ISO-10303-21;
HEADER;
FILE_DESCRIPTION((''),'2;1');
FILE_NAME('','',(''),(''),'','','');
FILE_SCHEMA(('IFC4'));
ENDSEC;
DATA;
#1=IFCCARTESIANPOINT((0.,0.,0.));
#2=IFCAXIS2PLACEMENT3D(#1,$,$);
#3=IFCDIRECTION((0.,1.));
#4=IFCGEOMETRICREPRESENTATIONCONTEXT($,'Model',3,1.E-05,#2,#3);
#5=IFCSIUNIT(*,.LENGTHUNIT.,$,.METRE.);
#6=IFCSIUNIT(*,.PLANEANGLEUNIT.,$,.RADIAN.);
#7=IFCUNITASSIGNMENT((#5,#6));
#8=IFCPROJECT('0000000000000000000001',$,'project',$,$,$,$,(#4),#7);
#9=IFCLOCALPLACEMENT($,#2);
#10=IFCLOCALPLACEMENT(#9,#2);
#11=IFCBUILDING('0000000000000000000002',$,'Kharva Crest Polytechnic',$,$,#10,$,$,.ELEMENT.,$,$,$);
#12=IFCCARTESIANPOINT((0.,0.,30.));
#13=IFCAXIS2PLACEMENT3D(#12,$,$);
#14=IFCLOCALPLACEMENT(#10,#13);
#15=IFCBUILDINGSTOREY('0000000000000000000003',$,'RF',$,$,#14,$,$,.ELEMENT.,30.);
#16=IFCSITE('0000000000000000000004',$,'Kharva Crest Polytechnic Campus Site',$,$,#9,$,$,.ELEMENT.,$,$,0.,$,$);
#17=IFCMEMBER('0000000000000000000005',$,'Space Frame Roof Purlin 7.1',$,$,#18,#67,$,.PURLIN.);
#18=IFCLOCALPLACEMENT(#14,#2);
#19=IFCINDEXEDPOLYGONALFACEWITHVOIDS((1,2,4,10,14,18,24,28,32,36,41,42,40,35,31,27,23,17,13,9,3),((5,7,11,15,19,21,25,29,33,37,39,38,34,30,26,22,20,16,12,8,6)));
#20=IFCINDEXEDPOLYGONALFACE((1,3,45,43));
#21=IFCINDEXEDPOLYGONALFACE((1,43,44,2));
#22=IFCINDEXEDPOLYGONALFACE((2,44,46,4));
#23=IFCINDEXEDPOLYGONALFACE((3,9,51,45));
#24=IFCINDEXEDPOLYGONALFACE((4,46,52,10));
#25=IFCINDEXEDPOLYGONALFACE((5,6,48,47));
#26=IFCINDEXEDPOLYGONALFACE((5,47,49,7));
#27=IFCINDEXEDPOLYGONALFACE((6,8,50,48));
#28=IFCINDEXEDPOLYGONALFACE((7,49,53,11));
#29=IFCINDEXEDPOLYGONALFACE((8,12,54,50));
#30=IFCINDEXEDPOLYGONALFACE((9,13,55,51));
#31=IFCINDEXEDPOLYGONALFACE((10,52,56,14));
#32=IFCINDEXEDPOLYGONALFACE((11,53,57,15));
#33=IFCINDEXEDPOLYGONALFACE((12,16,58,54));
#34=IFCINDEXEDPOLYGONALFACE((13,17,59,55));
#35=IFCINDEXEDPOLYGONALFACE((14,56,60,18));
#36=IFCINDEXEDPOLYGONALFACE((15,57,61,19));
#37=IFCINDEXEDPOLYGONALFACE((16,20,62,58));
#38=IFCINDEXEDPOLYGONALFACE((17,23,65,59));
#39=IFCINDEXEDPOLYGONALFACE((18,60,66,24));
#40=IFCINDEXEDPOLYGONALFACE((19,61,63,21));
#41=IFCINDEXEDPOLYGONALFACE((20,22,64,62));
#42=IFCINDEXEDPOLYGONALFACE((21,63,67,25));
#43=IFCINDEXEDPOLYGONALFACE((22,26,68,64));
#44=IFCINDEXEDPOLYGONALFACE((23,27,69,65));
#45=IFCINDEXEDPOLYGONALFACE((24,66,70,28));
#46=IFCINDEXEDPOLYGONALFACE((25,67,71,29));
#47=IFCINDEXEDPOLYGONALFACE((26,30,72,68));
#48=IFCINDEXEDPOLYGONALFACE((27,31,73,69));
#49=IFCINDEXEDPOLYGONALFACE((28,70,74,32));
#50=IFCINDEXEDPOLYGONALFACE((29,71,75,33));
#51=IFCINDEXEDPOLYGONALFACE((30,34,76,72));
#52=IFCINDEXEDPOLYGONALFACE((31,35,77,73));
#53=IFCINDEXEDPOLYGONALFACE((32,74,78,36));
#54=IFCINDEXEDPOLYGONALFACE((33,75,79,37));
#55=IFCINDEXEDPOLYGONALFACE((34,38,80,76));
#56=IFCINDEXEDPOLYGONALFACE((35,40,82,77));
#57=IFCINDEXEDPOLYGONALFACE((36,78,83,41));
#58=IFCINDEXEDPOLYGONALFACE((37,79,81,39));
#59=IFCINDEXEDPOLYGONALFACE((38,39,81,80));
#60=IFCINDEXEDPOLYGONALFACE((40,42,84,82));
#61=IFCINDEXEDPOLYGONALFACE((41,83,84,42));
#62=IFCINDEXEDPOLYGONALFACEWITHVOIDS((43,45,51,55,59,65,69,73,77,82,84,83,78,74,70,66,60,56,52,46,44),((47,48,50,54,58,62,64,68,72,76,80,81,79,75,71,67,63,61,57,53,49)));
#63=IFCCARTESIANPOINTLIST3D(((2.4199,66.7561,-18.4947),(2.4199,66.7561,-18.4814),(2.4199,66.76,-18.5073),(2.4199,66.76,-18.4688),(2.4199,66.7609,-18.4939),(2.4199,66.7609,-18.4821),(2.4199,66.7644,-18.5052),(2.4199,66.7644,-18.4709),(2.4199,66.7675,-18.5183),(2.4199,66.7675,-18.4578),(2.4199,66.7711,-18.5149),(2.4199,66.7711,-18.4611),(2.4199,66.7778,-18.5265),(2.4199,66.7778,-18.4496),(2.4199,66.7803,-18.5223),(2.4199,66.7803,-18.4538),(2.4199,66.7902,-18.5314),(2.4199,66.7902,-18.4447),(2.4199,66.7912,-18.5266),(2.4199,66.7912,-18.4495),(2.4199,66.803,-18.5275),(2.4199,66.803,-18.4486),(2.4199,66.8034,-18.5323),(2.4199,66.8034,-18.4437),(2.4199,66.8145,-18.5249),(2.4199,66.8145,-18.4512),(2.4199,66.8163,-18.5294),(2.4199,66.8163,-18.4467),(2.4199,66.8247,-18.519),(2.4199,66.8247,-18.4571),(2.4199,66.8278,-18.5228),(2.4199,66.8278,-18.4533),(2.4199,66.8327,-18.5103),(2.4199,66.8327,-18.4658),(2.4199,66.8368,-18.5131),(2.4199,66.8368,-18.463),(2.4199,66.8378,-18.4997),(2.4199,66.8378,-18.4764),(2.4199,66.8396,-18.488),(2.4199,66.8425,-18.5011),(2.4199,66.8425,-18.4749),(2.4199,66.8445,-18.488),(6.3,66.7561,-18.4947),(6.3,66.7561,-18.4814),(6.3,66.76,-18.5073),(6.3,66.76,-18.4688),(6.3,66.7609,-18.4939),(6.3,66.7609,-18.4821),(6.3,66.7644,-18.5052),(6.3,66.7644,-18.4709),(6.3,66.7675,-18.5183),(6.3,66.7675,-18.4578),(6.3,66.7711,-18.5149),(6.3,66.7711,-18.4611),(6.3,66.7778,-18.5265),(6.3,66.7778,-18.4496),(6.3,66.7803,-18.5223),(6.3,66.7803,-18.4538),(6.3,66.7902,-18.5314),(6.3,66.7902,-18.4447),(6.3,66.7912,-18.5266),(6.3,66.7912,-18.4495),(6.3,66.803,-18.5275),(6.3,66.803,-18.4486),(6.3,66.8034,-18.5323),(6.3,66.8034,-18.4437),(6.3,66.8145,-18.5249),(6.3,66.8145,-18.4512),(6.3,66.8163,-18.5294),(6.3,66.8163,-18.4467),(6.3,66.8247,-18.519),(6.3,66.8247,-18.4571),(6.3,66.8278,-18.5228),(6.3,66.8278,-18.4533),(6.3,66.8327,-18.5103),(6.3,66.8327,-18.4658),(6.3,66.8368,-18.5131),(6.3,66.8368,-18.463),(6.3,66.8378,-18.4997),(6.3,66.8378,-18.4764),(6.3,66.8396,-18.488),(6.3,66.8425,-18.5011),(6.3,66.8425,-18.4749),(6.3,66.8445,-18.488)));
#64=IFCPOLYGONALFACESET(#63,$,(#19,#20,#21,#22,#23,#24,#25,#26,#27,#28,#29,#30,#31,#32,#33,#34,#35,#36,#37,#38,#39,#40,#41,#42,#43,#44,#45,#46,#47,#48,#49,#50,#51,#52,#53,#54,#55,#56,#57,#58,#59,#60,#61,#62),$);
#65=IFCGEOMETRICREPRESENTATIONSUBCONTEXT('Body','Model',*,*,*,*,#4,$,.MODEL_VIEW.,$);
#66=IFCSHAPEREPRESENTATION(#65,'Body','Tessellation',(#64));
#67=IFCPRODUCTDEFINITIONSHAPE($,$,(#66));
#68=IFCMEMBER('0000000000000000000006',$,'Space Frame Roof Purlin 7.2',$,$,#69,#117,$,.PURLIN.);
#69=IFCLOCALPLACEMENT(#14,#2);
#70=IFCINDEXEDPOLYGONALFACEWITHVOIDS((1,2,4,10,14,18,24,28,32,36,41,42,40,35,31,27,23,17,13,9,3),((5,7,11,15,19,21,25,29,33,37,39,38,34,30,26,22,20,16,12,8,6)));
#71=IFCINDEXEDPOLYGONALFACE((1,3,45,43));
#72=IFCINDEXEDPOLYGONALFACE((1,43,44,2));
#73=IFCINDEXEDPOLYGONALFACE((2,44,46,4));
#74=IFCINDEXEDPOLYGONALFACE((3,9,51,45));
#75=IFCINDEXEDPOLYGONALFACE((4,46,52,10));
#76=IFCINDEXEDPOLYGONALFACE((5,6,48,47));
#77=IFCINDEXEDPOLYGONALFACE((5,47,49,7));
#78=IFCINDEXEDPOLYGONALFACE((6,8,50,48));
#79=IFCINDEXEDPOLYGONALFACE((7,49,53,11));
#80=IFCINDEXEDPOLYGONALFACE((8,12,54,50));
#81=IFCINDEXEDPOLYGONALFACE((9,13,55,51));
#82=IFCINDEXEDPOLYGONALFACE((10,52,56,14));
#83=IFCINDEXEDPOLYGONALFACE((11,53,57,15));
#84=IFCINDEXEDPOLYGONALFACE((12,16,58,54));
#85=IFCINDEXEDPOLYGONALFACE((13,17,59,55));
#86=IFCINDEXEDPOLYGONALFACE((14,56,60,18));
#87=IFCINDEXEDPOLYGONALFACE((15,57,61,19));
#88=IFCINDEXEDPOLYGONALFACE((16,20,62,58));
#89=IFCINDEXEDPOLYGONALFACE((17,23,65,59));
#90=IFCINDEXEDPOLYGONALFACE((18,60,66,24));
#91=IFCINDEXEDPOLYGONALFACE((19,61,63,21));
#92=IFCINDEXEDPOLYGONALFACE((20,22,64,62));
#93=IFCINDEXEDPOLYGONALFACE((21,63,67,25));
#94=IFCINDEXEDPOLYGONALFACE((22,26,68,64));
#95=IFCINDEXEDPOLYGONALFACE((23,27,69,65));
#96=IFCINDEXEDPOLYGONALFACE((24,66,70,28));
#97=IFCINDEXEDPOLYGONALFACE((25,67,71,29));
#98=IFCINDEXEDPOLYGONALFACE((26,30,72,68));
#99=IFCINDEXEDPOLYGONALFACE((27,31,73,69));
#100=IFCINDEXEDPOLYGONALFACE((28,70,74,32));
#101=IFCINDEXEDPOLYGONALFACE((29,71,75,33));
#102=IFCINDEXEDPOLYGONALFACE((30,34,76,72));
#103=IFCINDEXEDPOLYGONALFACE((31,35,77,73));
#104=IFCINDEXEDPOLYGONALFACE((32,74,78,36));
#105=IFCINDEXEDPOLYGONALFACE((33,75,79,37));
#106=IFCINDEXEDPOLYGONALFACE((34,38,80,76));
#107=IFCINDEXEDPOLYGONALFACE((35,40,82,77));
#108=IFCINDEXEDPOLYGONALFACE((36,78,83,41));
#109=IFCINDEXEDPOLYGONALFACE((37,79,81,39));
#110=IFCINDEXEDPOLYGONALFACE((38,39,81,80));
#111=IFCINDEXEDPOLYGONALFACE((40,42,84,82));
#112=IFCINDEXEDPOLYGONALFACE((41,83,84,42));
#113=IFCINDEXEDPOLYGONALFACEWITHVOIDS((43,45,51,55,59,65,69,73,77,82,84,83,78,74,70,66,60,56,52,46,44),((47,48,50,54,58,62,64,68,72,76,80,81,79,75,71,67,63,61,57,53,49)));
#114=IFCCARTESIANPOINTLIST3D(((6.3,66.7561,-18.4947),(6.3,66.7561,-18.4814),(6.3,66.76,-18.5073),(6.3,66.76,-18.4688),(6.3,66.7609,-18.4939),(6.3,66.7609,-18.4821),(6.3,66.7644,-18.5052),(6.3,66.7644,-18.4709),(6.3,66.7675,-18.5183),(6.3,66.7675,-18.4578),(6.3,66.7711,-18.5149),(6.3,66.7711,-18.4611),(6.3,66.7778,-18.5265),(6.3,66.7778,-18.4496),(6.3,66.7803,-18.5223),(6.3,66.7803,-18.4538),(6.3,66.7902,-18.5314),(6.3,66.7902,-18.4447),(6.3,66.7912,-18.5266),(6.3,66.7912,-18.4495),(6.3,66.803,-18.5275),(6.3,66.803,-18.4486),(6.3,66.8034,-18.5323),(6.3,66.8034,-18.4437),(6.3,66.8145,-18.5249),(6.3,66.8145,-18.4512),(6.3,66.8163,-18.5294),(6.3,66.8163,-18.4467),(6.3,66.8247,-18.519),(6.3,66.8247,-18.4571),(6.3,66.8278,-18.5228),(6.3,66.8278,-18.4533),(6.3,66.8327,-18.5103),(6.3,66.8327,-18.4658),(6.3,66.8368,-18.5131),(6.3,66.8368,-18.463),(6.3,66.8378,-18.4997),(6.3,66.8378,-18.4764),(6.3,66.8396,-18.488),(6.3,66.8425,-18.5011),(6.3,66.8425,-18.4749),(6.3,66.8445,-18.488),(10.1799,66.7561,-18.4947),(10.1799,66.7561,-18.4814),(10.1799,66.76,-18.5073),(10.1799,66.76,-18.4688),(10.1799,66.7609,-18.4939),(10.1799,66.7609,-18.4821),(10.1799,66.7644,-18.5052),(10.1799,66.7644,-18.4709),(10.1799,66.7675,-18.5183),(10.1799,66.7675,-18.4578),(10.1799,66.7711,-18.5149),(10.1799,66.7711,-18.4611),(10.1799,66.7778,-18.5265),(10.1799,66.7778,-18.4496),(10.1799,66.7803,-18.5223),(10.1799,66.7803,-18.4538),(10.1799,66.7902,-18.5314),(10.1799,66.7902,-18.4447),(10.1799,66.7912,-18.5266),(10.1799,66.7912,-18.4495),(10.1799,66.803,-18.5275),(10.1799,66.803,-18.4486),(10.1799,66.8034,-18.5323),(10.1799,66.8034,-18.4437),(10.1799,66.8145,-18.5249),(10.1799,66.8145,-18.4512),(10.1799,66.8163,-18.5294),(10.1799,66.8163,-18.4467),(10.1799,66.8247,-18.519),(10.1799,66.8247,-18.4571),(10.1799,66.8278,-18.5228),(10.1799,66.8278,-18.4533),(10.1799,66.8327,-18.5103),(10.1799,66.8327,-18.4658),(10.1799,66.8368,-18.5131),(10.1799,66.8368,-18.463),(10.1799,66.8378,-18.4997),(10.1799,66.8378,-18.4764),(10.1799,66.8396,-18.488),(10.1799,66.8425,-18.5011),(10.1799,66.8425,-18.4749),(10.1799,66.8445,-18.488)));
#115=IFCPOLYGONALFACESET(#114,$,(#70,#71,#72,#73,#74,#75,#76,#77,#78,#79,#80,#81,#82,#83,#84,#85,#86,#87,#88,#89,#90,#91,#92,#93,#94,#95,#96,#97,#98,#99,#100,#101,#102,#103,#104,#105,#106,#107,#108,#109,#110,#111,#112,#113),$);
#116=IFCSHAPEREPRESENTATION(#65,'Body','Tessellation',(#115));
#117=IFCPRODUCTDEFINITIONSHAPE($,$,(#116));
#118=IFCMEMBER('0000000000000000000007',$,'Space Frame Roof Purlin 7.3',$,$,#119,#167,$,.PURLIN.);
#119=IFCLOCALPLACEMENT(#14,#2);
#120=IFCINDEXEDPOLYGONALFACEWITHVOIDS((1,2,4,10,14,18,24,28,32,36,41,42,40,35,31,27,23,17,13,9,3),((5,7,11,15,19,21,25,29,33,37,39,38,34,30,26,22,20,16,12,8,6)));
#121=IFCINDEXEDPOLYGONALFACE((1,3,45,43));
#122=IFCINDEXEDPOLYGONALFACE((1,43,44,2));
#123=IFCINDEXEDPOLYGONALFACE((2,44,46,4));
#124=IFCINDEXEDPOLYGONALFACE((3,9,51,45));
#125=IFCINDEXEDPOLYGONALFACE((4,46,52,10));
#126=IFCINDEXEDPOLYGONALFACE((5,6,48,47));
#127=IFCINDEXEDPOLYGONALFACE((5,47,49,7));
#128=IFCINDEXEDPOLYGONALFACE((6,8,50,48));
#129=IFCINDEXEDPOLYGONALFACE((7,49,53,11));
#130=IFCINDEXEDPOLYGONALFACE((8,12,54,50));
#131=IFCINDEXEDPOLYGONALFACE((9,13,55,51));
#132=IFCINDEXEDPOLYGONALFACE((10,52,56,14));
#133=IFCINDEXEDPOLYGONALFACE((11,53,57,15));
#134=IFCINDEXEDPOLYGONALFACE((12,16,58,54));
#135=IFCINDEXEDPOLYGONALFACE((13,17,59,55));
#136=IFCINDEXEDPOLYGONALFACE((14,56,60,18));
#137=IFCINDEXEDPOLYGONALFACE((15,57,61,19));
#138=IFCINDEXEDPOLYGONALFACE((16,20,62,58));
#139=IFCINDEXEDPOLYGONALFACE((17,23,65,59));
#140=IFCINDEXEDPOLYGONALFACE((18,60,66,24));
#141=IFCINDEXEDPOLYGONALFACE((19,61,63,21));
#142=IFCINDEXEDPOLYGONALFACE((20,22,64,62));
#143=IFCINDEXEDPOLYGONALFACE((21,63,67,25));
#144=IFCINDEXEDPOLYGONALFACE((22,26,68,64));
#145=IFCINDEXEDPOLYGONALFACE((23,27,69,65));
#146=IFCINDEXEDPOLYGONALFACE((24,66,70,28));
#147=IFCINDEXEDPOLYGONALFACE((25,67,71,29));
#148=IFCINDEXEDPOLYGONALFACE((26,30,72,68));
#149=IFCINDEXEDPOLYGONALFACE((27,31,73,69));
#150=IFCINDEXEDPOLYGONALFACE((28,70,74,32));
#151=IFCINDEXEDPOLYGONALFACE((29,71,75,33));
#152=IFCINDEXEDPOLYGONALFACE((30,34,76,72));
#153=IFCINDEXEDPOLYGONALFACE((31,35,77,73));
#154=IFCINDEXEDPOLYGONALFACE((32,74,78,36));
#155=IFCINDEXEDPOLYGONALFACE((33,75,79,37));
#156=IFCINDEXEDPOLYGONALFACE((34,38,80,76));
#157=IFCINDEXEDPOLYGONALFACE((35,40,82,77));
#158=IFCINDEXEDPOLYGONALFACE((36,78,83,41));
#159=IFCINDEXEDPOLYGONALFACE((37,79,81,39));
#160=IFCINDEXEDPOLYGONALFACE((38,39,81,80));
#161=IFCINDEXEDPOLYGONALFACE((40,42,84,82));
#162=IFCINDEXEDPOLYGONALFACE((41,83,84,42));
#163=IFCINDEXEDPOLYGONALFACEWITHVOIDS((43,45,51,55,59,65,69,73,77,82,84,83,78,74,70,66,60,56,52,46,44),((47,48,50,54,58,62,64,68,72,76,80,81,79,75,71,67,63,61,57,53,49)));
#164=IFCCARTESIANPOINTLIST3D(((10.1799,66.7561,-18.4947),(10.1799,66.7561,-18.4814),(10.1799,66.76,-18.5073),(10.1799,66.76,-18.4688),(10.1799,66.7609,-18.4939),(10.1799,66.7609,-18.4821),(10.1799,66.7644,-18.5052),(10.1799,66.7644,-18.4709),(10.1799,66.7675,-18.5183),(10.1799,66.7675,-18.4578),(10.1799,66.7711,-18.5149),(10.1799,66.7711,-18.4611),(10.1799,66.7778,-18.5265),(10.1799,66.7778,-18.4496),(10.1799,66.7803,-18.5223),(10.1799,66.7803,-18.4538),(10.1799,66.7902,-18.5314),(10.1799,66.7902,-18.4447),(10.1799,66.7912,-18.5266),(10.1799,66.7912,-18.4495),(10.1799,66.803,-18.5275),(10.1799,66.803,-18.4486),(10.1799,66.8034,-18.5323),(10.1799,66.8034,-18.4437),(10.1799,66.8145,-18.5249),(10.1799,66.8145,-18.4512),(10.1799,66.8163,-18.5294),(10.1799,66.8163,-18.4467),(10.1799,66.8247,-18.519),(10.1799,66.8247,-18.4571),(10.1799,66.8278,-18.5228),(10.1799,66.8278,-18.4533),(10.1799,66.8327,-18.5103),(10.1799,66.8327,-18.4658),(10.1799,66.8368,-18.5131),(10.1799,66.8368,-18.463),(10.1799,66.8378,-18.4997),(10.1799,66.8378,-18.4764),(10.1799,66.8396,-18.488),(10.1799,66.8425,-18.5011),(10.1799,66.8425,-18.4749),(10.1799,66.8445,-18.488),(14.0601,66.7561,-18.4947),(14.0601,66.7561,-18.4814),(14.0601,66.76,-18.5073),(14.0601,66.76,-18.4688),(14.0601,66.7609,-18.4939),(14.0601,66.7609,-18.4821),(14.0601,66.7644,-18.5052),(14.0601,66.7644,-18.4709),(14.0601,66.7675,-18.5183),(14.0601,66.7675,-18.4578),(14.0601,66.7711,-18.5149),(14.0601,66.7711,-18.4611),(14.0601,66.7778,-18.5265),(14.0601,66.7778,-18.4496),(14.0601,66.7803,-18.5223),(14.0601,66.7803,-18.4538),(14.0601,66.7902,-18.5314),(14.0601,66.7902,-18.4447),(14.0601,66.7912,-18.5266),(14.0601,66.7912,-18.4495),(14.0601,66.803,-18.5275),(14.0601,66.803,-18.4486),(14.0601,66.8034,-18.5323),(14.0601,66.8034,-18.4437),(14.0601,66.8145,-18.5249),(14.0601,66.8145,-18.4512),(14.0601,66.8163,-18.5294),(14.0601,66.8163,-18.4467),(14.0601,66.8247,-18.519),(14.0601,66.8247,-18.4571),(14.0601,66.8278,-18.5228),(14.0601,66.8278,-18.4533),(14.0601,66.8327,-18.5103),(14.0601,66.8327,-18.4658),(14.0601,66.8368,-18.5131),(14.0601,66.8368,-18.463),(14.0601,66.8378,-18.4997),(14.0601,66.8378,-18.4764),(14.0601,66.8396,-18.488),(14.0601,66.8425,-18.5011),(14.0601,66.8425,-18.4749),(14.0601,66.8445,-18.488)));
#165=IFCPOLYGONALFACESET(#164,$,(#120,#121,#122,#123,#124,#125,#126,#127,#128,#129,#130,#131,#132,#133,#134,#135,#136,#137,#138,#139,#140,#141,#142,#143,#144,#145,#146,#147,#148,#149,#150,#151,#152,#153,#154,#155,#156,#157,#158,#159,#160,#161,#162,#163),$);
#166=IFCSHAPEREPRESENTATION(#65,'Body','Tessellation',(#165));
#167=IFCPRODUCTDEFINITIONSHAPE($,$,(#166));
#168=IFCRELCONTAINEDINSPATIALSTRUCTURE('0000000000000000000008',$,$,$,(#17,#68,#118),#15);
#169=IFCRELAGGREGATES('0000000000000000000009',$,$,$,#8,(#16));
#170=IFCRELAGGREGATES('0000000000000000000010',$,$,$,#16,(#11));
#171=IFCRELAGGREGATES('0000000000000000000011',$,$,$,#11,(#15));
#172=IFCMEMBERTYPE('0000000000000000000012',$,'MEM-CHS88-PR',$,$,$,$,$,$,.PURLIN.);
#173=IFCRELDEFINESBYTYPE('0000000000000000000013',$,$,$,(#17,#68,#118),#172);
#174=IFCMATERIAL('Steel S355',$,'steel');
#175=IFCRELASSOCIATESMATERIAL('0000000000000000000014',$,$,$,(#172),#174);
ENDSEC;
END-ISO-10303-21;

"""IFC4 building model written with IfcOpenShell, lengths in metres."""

from ifc_helpers import new_model, si_unit, direction, frame, origin, origin_2d, place, context, subcontext, project, spatial, hollow_circle, extrude, material, material_profile, profile_set, type_object, element, save


model = new_model("IFC4")

# Units and contexts
model_context = context("Model", 3, precision=1e-05, world=origin(), true_north=direction((0.0, 1.0)))
body_context = subcontext(model_context, "Body", "Model", "MODEL_VIEW")
ifc_project = project(units=[si_unit("LENGTHUNIT", "METRE"), si_unit("PLANEANGLEUNIT", "RADIAN")], contexts=[model_context])

# Site, building, storey
site_placement = place(None, origin())
site = spatial("IfcSite", under=ifc_project, at=site_placement, Name="Kharva Crest Polytechnic Campus Site", CompositionType="ELEMENT", RefElevation=0.0)
building_placement = place(site_placement, origin())
building = spatial("IfcBuilding", under=site, at=building_placement, Name="Kharva Crest Polytechnic", CompositionType="ELEMENT")
storey_placement = place(building_placement, frame((0.0, 0.0, 30.0)))
storey = spatial("IfcBuildingStorey", under=building, at=storey_placement, Name="RF", CompositionType="ELEMENT", Elevation=30.0)

# Members
ifc_material = material(Name="Steel S355", Category="steel")
ifc_material_profile = material_profile(ifc_material, hollow_circle(Radius=0.0444, WallThickness=0.0049, at=origin_2d()), Name="CHS 88.9X5.0")
ifc_profile_set = profile_set([ifc_material_profile], Name="Steel S355")
member_type = type_object("IfcMemberType", Name="MEM-CHS88-PR", PredefinedType="PURLIN", material=ifc_profile_set)
for number, where, z_axis, x_axis, name in (
    (1, (2.4199, 66.8, -18.488), (1.0, 0.0, 0.0), (0.0, 1.0, 0.0), "Space Frame Roof Purlin 7.1"),
):
    element("IfcMember", number, at=place(storey_placement, frame(where, z_axis=z_axis, x_axis=x_axis)), inside=storey, type_object=member_type, Name=name, PredefinedType="PURLIN", context=body_context, shape_type="SweptSolid", body=[
        extrude(hollow_circle(Radius=0.0444, WallThickness=0.0049, at=origin_2d()), origin(), (0.0, 0.0, 1.0), 3.8801),
    ])
member_1_placement = place(storey_placement, frame((6.3, 66.8, -18.488), z_axis=(1.0, 0.0, 0.0), x_axis=(0.0, 1.0, 0.0)))
element("IfcMember", 2, at=member_1_placement, inside=storey, type_object=member_type, Name="Space Frame Roof Purlin 7.2", PredefinedType="PURLIN", context=body_context, shape_type="SweptSolid", body=[
    extrude(hollow_circle(Radius=0.0444, WallThickness=0.0049, at=origin_2d()), origin(), (0.0, 0.0, 1.0), 3.8799),
])
for number, where, z_axis, x_axis, name in (
    (3, (10.1799, 66.8, -18.488), (1.0, 0.0, 0.0), (0.0, 1.0, 0.0), "Space Frame Roof Purlin 7.3"),
):
    element("IfcMember", number, at=place(storey_placement, frame(where, z_axis=z_axis, x_axis=x_axis)), inside=storey, type_object=member_type, Name=name, PredefinedType="PURLIN", context=body_context, shape_type="SweptSolid", body=[
        extrude(hollow_circle(Radius=0.0444, WallThickness=0.0049, at=origin_2d()), origin(), (0.0, 0.0, 1.0), 3.8801),
    ])

save(model, "model.ifc")
